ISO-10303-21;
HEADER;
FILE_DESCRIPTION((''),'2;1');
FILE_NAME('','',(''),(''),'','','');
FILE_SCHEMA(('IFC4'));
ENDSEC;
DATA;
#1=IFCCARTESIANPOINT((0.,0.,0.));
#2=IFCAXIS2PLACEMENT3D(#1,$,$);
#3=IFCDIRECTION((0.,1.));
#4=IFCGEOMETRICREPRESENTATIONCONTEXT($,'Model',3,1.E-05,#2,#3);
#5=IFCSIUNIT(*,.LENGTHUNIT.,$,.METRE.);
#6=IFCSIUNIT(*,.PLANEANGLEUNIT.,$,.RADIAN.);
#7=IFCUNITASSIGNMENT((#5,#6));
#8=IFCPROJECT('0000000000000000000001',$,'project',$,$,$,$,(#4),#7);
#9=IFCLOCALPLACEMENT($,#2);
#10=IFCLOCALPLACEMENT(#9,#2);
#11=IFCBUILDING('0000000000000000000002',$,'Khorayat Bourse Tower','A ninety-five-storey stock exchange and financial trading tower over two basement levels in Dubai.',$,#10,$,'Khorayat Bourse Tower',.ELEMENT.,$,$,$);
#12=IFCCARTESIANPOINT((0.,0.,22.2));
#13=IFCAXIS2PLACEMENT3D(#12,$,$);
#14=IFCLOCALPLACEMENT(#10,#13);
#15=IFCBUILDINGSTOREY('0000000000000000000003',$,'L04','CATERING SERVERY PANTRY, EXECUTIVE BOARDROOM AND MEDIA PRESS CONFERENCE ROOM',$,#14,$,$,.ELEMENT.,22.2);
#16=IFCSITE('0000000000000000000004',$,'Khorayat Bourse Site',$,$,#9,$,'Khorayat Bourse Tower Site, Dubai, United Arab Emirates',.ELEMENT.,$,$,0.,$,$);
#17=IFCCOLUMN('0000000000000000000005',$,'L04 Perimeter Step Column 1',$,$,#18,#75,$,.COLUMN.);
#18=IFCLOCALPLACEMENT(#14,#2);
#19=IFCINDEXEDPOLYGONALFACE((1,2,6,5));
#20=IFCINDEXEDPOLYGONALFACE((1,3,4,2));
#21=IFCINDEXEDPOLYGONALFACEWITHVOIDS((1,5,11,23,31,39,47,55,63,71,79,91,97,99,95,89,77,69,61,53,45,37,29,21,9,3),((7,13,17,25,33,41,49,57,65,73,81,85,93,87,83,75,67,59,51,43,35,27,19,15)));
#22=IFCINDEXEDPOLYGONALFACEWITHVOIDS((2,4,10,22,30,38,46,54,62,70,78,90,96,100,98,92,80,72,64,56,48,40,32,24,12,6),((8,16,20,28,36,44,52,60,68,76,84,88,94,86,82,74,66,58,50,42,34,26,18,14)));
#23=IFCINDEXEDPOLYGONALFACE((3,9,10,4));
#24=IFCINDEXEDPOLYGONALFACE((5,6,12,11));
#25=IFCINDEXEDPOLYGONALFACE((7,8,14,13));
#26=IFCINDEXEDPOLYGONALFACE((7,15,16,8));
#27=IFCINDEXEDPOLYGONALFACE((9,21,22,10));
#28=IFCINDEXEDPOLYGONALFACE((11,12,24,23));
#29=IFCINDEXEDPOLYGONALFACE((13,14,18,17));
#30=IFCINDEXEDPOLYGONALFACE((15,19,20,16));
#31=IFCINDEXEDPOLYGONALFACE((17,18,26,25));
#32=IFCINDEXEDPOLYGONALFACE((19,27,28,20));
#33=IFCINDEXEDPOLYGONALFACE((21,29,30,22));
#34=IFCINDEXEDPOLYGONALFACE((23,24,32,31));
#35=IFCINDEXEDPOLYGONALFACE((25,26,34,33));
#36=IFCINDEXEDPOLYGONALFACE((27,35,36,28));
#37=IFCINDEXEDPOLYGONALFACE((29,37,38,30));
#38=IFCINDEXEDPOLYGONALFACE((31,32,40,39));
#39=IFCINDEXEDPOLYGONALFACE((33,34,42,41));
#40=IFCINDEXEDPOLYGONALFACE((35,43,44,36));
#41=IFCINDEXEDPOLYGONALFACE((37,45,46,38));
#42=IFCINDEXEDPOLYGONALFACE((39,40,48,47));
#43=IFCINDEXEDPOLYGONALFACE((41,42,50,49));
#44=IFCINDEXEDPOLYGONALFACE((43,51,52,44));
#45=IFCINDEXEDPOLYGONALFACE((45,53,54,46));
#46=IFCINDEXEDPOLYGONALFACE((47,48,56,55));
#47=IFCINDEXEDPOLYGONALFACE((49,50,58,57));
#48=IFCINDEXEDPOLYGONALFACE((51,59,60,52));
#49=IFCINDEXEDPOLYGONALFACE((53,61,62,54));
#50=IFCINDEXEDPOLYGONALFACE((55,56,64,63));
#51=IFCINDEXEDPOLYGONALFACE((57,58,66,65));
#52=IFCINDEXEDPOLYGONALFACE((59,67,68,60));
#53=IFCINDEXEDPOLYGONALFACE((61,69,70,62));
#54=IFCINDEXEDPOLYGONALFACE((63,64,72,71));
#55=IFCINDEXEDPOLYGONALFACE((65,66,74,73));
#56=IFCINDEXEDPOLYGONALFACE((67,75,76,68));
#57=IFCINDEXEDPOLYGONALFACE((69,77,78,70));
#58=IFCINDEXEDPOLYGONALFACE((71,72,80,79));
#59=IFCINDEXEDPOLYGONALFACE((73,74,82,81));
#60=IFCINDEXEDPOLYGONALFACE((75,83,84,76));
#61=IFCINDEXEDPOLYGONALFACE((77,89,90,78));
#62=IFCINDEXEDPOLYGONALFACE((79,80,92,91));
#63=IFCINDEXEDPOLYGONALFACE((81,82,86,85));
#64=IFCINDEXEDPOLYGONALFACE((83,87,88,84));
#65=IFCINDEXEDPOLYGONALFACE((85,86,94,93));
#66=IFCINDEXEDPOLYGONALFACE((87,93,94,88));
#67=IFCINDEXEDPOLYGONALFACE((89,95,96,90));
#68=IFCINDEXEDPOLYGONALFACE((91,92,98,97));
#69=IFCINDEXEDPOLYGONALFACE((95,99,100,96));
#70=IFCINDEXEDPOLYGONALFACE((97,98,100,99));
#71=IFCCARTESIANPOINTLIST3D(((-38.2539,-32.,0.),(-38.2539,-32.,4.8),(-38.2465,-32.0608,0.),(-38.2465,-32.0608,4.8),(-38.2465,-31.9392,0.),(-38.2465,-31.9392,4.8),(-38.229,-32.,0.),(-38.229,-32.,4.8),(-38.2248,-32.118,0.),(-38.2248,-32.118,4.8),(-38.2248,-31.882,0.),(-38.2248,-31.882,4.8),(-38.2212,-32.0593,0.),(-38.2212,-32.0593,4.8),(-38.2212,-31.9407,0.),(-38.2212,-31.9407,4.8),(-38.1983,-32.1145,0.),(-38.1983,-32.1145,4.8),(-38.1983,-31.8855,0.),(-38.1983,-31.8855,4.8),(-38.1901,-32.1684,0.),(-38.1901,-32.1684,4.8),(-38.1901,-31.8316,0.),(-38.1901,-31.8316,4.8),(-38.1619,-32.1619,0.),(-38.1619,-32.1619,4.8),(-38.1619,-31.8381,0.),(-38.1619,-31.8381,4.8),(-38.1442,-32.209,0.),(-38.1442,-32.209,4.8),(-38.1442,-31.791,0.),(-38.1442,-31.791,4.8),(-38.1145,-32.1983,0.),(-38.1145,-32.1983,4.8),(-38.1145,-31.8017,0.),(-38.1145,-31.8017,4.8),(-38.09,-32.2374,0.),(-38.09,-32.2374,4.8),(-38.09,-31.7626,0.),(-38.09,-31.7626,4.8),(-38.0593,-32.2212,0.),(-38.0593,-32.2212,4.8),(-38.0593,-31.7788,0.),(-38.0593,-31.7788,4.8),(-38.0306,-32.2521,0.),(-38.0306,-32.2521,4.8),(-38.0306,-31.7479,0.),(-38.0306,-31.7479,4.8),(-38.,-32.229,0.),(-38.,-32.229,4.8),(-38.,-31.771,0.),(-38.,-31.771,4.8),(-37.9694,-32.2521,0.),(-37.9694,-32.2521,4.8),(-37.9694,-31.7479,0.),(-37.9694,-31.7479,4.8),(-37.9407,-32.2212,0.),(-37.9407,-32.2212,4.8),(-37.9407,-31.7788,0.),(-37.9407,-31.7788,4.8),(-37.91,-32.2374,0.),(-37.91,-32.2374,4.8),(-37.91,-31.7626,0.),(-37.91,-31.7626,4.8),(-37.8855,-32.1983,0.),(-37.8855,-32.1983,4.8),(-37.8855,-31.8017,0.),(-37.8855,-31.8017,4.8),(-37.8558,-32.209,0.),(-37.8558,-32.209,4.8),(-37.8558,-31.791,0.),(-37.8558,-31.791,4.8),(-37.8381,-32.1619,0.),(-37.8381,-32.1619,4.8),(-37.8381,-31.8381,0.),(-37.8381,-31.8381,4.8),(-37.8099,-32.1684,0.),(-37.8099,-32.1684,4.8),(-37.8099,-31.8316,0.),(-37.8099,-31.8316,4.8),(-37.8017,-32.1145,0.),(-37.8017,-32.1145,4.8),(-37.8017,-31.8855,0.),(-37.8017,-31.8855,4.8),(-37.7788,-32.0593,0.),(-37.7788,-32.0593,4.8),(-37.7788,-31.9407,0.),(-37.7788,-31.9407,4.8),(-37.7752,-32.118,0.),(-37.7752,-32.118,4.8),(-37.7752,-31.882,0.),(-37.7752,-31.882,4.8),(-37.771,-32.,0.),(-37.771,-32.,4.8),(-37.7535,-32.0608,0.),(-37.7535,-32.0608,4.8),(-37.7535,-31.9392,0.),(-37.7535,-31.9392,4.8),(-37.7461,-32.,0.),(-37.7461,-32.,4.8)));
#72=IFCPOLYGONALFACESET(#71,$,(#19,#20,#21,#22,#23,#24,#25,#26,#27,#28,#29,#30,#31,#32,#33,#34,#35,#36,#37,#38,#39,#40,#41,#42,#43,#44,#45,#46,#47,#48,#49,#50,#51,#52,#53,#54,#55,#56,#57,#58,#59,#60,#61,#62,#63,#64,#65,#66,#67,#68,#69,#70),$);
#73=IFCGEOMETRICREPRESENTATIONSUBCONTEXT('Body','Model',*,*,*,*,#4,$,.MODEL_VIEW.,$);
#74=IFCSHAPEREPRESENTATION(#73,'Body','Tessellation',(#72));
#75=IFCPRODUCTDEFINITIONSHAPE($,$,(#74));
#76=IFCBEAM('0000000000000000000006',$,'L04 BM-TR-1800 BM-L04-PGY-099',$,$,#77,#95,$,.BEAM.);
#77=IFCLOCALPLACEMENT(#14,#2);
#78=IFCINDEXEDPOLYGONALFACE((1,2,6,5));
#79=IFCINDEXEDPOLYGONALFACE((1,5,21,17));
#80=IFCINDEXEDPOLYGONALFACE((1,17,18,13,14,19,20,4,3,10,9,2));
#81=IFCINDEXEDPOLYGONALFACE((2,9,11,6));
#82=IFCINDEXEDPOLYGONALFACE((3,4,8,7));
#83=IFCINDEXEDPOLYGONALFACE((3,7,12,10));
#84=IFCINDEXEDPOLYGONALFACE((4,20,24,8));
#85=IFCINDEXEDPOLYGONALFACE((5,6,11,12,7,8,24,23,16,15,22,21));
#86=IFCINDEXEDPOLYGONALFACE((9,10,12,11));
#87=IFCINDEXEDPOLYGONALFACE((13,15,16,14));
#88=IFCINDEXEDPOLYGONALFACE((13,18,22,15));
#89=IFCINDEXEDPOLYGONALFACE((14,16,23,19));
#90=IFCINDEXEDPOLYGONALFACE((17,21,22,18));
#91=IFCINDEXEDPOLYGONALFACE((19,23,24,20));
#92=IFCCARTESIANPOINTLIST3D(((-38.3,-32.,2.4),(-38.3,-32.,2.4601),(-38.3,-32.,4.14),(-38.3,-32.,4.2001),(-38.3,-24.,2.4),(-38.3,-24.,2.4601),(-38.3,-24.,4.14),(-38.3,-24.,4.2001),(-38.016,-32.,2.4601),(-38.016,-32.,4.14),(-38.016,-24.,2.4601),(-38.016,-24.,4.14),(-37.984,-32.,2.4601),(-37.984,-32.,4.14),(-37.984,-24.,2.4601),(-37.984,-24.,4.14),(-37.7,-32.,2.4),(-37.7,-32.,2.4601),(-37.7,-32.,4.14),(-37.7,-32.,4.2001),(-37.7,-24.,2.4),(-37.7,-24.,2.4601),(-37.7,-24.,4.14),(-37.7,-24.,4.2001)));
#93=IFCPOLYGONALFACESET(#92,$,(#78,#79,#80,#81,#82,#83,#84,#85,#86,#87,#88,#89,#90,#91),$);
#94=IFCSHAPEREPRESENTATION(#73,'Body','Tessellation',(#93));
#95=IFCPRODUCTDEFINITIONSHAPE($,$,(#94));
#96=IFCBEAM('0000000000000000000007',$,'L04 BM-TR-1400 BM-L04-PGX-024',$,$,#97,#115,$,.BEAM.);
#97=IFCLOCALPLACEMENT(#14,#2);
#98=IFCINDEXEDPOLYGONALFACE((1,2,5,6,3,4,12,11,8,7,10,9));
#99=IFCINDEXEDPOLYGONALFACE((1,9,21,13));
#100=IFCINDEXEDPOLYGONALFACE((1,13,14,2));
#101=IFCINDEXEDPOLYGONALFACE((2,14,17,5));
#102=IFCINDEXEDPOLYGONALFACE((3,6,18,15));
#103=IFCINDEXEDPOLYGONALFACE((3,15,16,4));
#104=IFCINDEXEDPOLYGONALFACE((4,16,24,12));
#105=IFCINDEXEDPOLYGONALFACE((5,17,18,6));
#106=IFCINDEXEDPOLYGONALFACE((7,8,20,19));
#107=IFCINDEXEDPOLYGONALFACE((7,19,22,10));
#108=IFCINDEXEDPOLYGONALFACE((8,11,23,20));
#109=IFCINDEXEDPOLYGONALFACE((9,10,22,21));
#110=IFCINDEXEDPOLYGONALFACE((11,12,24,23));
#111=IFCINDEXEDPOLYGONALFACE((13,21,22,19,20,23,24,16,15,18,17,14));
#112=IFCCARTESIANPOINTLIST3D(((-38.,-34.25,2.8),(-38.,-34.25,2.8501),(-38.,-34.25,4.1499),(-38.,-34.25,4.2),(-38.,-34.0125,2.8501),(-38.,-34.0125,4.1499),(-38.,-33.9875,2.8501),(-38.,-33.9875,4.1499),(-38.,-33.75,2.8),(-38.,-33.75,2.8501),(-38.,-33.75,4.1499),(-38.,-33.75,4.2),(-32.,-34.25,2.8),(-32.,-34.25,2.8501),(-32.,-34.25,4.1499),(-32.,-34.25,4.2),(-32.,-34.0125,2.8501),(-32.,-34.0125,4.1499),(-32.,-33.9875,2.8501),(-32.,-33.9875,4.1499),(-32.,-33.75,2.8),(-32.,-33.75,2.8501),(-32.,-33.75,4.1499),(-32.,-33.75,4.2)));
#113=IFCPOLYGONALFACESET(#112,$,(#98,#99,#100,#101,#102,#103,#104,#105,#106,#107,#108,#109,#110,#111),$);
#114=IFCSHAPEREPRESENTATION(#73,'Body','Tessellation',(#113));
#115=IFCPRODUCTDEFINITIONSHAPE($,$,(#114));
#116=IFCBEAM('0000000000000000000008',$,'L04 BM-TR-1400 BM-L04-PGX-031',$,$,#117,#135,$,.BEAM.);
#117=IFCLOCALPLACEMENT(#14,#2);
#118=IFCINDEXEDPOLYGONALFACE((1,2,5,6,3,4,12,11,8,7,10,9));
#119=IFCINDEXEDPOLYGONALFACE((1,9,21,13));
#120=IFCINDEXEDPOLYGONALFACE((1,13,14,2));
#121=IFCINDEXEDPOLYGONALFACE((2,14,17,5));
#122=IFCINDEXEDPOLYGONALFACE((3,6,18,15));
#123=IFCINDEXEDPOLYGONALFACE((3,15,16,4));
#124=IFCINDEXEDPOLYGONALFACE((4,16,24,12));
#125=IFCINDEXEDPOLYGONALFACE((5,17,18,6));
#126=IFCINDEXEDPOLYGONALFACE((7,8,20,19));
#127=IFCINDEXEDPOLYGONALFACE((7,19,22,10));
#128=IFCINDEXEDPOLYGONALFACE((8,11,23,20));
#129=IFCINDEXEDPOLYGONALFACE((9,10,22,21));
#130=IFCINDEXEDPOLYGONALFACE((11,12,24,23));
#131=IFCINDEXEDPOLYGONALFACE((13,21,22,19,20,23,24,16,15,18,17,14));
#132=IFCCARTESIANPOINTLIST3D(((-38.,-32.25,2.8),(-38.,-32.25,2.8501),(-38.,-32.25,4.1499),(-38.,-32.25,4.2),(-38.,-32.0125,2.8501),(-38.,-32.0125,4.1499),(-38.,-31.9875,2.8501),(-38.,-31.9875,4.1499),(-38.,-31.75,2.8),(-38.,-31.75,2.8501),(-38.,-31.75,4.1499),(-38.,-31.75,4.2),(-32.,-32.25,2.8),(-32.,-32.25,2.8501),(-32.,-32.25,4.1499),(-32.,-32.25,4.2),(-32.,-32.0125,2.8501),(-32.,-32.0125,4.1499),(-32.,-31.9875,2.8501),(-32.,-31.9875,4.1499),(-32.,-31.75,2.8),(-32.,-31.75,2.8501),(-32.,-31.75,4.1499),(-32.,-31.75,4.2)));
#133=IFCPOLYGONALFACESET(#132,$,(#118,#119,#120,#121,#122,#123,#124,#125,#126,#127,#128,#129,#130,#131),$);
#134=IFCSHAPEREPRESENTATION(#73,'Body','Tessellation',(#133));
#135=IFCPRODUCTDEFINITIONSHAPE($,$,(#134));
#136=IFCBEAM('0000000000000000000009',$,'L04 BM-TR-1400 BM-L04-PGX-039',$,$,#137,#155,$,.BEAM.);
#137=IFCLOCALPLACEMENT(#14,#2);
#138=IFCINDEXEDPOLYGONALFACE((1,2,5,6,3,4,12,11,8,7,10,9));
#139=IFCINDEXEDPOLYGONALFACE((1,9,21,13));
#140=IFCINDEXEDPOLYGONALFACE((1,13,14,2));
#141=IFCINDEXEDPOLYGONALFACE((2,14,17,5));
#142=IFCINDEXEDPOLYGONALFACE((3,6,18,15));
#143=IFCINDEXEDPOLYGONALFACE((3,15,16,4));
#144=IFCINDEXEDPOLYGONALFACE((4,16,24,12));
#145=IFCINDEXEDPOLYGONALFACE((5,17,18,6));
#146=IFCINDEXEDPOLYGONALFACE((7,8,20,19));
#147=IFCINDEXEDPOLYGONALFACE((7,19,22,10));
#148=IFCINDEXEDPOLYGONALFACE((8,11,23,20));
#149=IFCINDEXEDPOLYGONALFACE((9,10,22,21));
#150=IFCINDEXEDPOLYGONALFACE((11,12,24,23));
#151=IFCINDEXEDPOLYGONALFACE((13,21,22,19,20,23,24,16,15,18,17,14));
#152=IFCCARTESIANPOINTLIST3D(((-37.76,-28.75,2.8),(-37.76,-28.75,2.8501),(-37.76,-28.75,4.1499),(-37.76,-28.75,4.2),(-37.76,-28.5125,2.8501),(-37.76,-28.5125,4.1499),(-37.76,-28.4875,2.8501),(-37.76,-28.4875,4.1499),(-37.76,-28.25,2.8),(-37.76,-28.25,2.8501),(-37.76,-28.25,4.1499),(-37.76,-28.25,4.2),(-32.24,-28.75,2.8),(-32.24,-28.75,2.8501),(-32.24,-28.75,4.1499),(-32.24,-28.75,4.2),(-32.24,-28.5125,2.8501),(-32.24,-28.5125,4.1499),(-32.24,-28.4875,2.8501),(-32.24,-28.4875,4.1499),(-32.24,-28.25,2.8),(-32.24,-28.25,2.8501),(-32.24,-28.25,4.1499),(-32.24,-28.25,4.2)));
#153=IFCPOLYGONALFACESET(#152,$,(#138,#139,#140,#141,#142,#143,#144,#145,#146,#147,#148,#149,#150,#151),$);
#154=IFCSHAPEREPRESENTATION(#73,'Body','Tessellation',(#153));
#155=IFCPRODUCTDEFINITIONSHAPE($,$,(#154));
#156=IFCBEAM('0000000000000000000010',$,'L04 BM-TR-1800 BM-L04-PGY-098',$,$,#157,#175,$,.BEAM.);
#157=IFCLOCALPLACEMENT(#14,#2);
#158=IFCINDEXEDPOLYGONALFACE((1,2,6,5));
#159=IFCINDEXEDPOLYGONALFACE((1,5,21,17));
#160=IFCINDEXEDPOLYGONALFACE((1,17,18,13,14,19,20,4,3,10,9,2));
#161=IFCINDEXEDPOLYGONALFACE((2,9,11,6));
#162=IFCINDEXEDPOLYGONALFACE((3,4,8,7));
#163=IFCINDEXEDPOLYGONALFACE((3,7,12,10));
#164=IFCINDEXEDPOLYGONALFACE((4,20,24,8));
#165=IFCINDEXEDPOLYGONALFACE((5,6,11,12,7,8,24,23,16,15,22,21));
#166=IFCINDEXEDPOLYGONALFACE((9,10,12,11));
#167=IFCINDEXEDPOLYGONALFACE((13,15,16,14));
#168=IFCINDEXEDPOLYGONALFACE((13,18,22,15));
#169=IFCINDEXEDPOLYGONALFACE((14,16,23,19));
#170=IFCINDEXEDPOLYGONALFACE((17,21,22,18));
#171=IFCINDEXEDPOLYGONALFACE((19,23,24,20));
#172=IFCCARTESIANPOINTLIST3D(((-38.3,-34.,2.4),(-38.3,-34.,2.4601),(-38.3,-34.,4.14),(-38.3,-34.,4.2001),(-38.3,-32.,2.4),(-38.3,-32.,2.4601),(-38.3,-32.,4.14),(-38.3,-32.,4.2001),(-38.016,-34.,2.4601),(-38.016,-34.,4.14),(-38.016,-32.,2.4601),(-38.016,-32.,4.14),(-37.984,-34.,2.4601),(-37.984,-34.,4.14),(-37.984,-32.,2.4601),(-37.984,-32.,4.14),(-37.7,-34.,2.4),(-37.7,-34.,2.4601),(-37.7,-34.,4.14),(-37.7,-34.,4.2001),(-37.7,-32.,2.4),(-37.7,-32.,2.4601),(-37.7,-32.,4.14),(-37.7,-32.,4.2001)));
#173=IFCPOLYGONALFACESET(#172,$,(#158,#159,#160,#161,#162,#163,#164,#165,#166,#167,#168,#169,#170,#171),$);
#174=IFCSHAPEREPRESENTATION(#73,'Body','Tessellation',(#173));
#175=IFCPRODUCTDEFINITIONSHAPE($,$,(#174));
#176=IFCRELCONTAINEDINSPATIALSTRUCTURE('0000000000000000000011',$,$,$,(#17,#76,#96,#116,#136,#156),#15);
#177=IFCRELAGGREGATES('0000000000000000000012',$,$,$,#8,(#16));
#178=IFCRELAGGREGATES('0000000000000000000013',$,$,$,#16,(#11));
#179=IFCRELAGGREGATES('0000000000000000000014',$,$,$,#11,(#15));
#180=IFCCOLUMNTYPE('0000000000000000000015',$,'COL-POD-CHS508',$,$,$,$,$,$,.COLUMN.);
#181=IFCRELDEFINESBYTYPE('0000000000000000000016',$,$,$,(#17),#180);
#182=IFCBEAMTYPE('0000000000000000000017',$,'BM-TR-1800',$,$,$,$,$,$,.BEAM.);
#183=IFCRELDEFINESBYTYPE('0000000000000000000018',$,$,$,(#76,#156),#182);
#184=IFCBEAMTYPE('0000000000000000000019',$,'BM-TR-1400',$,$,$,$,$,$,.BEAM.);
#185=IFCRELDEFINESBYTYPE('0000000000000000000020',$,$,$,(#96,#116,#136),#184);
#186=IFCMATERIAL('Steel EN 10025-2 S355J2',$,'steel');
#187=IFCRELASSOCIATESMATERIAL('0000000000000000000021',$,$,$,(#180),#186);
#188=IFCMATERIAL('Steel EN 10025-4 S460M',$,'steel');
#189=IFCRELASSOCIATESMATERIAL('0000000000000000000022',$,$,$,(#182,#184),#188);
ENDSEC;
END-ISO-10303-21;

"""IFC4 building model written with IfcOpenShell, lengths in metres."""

from ifc_helpers import new_model, si_unit, direction, frame, origin, origin_2d, place, context, subcontext, project, spatial, hollow_circle, i_section, extrude, source, transform, mapped, material, material_profile, profile_set, type_object, element, save


model = new_model("IFC4")

# Units and contexts
model_context = context("Model", 3, precision=1e-05, world=origin(), true_north=direction((0.0, 1.0)))
body_context = subcontext(model_context, "Body", "Model", "MODEL_VIEW")
ifc_project = project(units=[si_unit("LENGTHUNIT", "METRE"), si_unit("PLANEANGLEUNIT", "RADIAN")], contexts=[model_context])

# Site, building, storey
site_placement = place(None, origin())
site = spatial("IfcSite", under=ifc_project, at=site_placement, Name="Khorayat Bourse Site", LongName="Khorayat Bourse Tower Site, Dubai, United Arab Emirates", CompositionType="ELEMENT", RefElevation=0.0)
building_placement = place(site_placement, origin())
building = spatial("IfcBuilding", under=site, at=building_placement, Name="Khorayat Bourse Tower", Description="A ninety-five-storey stock exchange and financial trading tower over two basement levels in Dubai.", LongName="Khorayat Bourse Tower", CompositionType="ELEMENT")
storey_placement = place(building_placement, frame((0.0, 0.0, 22.2)))
storey = spatial("IfcBuildingStorey", under=building, at=storey_placement, Name="L04", Description="CATERING SERVERY PANTRY, EXECUTIVE BOARDROOM AND MEDIA PRESS CONFERENCE ROOM", CompositionType="ELEMENT", Elevation=22.2)

# Column
ifc_material_1 = material(Name="Steel EN 10025-2 S355J2", Category="steel")
ifc_material_profile_1 = material_profile(ifc_material_1, hollow_circle(Radius=0.2539, WallThickness=0.0249, at=origin_2d()), Name="CHS 508x25")
ifc_profile_set_1 = profile_set([ifc_material_profile_1], Name="Steel EN 10025-2 S355J2")
column_type = type_object("IfcColumnType", Name="COL-POD-CHS508", PredefinedType="COLUMN", material=ifc_profile_set_1)
shared_shape_1 = source(origin(), body_context, "Body", "SweptSolid", [
    extrude(hollow_circle(Radius=0.2539, WallThickness=0.0249, at=origin_2d()), origin(), (0.0, 0.0, 1.0), 4.8),
])
for number, where, z_axis, x_axis, name in (
    (1, (-38.0, -32.0, 0.0), (0.0, 0.0, 1.0), (1.0, 0.0, 0.0), "L04 Perimeter Step Column 1"),
):
    element("IfcColumn", number, at=place(storey_placement, frame(where, z_axis=z_axis, x_axis=x_axis)), inside=storey, type_object=column_type, Name=name, PredefinedType="COLUMN", context=body_context, shape_type="MappedRepresentation", body=[
        mapped(shared_shape_1, transform((0.0, 0.0, 0.0), scale=1.0)),
    ])

# Beams
ifc_material_2 = material(Name="Steel EN 10025-4 S460M", Category="steel")
ifc_material_profile_2 = material_profile(ifc_material_2, i_section(OverallWidth=0.6001, OverallDepth=1.8, WebThickness=0.032, FlangeThickness=0.0601, at=origin_2d()), Name="PG 1800x600x32x60")
ifc_profile_set_2 = profile_set([ifc_material_profile_2], Name="Steel EN 10025-4 S460M")
beam_type_1 = type_object("IfcBeamType", Name="BM-TR-1800", PredefinedType="BEAM", material=ifc_profile_set_2)
shared_shape_2 = source(origin(), body_context, "Body", "SweptSolid", [
    extrude(i_section(OverallWidth=0.6001, OverallDepth=1.8, WebThickness=0.032, FlangeThickness=0.0601, at=origin_2d()), origin(), (0.0, 0.0, 1.0), 8.0),
])
beam_1_placement = place(storey_placement, frame((-38.0, -32.0, 3.3), z_axis=(0.0, 1.0, 0.0), x_axis=(-1.0, 0.0, 0.0)))
element("IfcBeam", 2, at=beam_1_placement, inside=storey, type_object=beam_type_1, Name="L04 BM-TR-1800 BM-L04-PGY-099", PredefinedType="BEAM", context=body_context, shape_type="MappedRepresentation", body=[
    mapped(shared_shape_2, transform((0.0, 0.0, 0.0), scale=1.0)),
])
ifc_material_profile_3 = material_profile(ifc_material_2, i_section(OverallWidth=0.5, OverallDepth=1.3999, WebThickness=0.0249, FlangeThickness=0.05, at=origin_2d()), Name="PG 1400x500x25x50")
ifc_profile_set_3 = profile_set([ifc_material_profile_3], Name="Steel EN 10025-4 S460M")
beam_type_2 = type_object("IfcBeamType", Name="BM-TR-1400", PredefinedType="BEAM", material=ifc_profile_set_3)
shared_shape_3 = source(origin(), body_context, "Body", "SweptSolid", [
    extrude(i_section(OverallWidth=0.5, OverallDepth=1.3999, WebThickness=0.0249, FlangeThickness=0.05, at=origin_2d()), origin(), (0.0, 0.0, 1.0), 6.0),
])
for number, where, z_axis, x_axis, name in (
    (3, (-38.0, -34.0, 3.5), (1.0, 0.0, 0.0), (0.0, 1.0, 0.0), "L04 BM-TR-1400 BM-L04-PGX-024"),
    (4, (-38.0, -32.0, 3.5), (1.0, 0.0, 0.0), (0.0, 1.0, 0.0), "L04 BM-TR-1400 BM-L04-PGX-031"),
):
    element("IfcBeam", number, at=place(storey_placement, frame(where, z_axis=z_axis, x_axis=x_axis)), inside=storey, type_object=beam_type_2, Name=name, PredefinedType="BEAM", context=body_context, shape_type="MappedRepresentation", body=[
        mapped(shared_shape_3, transform((0.0, 0.0, 0.0), scale=1.0)),
    ])
shared_shape_4 = source(origin(), body_context, "Body", "SweptSolid", [
    extrude(i_section(OverallWidth=0.5, OverallDepth=1.3999, WebThickness=0.0249, FlangeThickness=0.05, at=origin_2d()), origin(), (0.0, 0.0, 1.0), 5.52),
])
beam_2_placement = place(storey_placement, frame((-37.76, -28.5, 3.5), z_axis=(1.0, 0.0, 0.0), x_axis=(0.0, 1.0, 0.0)))
element("IfcBeam", 5, at=beam_2_placement, inside=storey, type_object=beam_type_2, Name="L04 BM-TR-1400 BM-L04-PGX-039", PredefinedType="BEAM", context=body_context, shape_type="MappedRepresentation", body=[
    mapped(shared_shape_4, transform((0.0, 0.0, 0.0), scale=1.0)),
])
shared_shape_5 = source(origin(), body_context, "Body", "SweptSolid", [
    extrude(i_section(OverallWidth=0.6001, OverallDepth=1.8, WebThickness=0.032, FlangeThickness=0.0601, at=origin_2d()), origin(), (0.0, 0.0, 1.0), 2.0),
])
beam_3_placement = place(storey_placement, frame((-38.0, -34.0, 3.3), z_axis=(0.0, 1.0, 0.0), x_axis=(-1.0, 0.0, 0.0)))
element("IfcBeam", 6, at=beam_3_placement, inside=storey, type_object=beam_type_1, Name="L04 BM-TR-1800 BM-L04-PGY-098", PredefinedType="BEAM", context=body_context, shape_type="MappedRepresentation", body=[
    mapped(shared_shape_5, transform((0.0, 0.0, 0.0), scale=1.0)),
])

save(model, "model.ifc")
